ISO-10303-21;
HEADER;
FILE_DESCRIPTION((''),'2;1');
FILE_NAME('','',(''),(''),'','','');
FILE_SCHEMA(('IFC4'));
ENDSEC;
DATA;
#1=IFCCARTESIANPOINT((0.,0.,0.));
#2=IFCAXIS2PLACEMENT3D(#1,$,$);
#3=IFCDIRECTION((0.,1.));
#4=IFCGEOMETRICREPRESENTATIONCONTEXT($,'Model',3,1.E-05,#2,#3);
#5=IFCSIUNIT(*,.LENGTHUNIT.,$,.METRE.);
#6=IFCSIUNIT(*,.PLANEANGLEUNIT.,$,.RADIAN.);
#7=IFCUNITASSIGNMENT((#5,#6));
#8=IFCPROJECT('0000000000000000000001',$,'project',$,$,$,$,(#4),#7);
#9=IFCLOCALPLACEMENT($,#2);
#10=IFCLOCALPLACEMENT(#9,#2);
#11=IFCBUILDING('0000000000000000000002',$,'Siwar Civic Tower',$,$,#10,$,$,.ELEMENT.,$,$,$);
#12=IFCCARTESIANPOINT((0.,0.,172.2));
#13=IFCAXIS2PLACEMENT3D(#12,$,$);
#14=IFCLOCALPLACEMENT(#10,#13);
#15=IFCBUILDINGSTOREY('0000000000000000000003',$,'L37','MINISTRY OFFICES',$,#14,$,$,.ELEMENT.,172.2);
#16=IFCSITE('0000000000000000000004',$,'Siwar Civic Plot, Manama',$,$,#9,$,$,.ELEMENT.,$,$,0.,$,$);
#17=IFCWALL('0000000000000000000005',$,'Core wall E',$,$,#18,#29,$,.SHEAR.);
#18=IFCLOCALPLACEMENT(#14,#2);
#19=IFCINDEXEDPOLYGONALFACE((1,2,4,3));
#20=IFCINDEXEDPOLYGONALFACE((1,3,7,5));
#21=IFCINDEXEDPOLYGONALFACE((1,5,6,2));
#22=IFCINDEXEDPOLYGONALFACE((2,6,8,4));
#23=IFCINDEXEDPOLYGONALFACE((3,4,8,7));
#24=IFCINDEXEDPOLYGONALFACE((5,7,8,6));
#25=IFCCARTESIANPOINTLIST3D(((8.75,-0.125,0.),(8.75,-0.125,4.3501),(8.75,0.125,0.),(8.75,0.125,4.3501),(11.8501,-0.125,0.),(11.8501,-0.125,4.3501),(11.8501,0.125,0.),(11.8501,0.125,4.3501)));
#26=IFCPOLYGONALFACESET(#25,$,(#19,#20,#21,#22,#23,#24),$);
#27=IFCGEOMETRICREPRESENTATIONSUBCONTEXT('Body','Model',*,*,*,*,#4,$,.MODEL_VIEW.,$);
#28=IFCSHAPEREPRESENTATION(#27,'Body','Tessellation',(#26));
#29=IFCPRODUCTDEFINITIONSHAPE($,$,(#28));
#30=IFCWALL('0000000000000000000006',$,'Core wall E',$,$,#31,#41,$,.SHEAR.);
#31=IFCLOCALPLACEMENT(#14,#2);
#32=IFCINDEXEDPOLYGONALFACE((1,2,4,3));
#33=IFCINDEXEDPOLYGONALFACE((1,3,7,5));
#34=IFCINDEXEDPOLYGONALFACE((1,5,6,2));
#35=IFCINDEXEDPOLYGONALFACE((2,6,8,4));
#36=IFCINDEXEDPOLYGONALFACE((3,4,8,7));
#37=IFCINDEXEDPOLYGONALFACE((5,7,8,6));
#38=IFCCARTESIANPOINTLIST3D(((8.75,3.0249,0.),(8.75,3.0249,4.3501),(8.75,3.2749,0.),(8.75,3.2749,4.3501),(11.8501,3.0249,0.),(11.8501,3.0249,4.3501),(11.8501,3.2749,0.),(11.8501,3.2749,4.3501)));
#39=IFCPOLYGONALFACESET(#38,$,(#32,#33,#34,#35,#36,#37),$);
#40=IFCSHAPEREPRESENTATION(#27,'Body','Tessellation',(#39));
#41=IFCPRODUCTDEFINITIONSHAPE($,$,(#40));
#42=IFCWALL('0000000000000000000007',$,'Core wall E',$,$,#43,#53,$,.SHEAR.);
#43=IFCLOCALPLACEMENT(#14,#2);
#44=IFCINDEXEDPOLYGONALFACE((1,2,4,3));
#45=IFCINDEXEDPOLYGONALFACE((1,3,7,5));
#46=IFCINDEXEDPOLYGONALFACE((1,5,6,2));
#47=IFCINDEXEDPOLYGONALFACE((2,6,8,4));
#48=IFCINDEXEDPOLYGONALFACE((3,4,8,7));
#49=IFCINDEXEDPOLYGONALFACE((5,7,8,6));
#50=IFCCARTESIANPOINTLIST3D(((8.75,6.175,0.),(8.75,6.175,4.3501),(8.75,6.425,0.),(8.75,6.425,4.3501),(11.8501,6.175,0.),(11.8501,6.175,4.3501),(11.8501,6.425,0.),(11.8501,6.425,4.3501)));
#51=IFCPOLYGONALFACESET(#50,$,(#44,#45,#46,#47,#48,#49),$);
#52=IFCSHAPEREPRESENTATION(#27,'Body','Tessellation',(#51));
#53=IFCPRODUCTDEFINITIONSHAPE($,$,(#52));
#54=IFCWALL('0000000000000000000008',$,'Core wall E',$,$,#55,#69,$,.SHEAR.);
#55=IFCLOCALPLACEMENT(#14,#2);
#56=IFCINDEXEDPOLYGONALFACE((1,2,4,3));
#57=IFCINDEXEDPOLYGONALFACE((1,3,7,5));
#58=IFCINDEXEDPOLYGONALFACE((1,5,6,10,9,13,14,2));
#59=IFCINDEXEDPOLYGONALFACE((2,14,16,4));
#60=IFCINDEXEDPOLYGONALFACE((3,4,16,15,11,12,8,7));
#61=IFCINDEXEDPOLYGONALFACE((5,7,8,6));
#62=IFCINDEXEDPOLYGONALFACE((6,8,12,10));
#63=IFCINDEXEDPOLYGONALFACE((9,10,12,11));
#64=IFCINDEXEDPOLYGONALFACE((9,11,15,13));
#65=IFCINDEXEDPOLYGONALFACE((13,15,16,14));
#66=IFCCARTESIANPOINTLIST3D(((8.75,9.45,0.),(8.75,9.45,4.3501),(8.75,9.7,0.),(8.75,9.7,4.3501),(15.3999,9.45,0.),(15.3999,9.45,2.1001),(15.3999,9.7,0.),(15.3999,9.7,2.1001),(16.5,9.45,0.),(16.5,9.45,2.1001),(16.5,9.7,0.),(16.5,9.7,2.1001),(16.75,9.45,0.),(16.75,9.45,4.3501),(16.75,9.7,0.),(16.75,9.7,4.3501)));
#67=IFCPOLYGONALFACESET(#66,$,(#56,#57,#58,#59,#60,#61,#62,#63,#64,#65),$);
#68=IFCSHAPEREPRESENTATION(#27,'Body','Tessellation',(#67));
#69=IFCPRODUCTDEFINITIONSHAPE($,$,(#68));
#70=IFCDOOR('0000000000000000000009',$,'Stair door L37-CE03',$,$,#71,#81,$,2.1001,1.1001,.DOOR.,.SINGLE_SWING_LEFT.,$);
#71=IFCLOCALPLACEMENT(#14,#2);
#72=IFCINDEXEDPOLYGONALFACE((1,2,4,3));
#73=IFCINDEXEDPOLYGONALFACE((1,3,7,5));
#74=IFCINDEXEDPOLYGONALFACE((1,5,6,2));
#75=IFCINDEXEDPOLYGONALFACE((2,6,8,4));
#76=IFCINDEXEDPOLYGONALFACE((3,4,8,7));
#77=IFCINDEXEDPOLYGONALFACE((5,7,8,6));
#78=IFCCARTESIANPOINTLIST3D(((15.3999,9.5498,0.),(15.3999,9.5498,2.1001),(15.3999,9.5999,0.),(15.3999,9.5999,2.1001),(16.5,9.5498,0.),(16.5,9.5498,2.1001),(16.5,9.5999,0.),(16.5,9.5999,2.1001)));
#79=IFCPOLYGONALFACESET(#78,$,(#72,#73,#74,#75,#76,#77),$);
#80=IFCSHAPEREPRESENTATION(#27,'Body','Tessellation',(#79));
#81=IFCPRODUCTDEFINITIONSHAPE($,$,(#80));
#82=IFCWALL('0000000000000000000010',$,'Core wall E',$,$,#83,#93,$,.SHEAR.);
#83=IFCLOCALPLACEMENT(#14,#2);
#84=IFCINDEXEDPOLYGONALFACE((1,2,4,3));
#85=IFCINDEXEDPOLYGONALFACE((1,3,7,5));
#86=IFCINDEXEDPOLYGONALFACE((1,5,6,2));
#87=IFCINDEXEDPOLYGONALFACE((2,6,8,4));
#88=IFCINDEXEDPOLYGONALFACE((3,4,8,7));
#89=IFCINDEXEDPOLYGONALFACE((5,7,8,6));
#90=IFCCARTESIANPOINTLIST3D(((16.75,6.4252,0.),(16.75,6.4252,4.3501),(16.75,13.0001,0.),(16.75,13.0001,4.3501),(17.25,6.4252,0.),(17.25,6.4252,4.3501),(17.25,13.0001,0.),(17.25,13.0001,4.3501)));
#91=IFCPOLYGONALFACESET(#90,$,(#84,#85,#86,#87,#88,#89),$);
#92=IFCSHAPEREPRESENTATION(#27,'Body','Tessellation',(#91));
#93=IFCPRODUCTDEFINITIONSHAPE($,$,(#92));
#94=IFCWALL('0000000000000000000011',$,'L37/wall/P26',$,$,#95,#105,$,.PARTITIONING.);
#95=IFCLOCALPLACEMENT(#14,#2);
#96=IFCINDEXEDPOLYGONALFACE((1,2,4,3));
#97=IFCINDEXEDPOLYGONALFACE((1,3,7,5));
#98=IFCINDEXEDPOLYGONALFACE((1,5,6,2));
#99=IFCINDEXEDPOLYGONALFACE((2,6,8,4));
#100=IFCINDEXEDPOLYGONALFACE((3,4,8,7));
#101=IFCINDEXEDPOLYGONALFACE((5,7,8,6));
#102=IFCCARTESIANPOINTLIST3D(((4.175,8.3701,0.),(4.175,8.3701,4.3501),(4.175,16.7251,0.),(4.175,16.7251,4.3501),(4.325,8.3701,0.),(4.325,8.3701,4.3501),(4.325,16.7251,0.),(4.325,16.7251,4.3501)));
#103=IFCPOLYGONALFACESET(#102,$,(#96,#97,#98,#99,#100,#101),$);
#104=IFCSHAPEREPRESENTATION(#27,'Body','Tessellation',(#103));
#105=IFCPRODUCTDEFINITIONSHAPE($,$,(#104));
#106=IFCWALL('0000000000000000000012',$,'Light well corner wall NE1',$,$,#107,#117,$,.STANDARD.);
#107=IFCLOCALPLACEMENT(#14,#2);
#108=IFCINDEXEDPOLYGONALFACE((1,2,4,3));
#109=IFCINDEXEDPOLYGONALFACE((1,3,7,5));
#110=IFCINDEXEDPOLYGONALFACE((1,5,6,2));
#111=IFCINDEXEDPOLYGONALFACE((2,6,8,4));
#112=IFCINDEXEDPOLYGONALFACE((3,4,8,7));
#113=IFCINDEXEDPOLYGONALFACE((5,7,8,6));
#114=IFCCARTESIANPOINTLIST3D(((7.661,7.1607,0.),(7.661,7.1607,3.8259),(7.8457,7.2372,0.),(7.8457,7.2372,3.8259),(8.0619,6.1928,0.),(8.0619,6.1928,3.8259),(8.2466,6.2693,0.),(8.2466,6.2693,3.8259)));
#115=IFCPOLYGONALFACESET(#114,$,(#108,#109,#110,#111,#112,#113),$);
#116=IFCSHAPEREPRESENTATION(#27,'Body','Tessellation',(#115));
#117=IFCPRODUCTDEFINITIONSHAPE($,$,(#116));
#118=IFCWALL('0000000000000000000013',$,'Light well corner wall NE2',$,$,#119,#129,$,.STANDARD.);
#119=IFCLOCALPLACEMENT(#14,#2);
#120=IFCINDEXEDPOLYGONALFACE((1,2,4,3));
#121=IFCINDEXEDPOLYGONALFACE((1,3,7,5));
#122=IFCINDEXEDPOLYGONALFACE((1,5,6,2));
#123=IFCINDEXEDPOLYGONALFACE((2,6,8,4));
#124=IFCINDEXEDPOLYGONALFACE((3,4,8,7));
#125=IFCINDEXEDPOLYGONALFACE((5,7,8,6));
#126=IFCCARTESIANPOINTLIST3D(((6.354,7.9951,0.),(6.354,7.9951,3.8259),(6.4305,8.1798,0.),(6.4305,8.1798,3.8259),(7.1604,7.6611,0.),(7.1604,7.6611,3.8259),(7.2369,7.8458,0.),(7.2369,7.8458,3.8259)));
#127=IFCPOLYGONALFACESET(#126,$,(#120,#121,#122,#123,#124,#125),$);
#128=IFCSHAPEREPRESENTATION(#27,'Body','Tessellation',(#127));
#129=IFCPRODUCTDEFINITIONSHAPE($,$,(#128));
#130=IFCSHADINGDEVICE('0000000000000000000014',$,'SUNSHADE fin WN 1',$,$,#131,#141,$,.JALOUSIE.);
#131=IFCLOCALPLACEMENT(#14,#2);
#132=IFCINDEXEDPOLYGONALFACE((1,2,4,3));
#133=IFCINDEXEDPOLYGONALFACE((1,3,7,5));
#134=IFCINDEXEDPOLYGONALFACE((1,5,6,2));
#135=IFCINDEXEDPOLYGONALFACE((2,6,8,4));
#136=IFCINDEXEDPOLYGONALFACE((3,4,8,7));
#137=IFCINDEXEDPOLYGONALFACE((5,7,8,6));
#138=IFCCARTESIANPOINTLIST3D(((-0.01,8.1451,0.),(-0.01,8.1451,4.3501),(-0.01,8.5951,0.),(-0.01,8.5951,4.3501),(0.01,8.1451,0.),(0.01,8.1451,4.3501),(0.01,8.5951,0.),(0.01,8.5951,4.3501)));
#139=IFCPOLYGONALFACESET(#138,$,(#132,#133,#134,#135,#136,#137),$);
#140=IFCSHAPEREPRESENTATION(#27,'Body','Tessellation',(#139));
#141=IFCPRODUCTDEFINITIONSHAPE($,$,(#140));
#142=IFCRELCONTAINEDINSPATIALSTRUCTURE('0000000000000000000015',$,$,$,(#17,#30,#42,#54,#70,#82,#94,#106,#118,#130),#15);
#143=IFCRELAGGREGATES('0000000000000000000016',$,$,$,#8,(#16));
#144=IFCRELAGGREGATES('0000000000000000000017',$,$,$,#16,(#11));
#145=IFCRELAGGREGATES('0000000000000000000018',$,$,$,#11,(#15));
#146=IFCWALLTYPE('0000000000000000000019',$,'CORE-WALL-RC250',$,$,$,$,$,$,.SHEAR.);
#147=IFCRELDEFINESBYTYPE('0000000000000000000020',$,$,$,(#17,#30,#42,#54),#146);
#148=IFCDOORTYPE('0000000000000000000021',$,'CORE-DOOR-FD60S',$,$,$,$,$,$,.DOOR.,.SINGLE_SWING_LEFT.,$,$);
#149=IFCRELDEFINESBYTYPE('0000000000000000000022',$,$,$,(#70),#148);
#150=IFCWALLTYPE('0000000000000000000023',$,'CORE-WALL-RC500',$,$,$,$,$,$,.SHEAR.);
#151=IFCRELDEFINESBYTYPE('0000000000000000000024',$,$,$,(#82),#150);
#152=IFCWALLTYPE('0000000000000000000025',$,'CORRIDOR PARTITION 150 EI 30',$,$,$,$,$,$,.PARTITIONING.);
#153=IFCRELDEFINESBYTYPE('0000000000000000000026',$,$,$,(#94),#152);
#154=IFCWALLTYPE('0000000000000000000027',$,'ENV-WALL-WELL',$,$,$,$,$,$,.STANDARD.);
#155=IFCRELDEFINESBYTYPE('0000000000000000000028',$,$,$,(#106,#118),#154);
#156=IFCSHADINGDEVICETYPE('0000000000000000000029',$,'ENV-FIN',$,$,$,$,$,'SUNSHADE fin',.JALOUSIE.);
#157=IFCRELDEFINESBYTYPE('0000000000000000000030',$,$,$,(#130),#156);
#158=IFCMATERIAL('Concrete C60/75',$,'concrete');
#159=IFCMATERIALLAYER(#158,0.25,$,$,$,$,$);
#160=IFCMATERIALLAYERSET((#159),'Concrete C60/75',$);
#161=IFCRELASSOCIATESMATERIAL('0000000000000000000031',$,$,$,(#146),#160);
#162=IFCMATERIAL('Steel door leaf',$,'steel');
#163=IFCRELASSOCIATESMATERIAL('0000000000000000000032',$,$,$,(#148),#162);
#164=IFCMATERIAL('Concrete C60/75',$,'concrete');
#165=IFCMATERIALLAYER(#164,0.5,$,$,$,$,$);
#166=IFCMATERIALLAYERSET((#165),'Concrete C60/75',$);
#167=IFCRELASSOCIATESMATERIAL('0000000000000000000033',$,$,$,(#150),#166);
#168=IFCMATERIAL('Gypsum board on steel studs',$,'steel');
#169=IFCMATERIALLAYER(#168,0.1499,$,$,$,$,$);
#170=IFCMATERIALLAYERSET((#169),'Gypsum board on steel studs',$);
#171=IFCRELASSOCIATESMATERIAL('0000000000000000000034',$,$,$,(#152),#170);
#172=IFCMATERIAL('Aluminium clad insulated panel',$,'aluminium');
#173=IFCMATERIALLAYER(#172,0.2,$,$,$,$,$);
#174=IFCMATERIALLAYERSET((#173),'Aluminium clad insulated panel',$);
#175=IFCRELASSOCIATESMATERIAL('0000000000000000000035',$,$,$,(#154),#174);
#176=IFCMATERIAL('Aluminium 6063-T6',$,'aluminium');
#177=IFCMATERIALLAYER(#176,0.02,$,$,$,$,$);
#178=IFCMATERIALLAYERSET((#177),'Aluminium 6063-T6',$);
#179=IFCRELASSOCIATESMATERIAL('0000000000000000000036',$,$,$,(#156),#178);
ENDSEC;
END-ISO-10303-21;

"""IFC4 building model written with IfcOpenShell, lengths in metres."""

from ifc_helpers import new_model, si_unit, direction, frame, frame_2d, origin, origin_2d, place, context, subcontext, project, spatial, rectangle, extrude, material, layer, layer_set, type_object, element, fill, save


model = new_model("IFC4")

# Units and contexts
model_context = context("Model", 3, precision=1e-05, world=origin(), true_north=direction((0.0, 1.0)))
body_context = subcontext(model_context, "Body", "Model", "MODEL_VIEW")
ifc_project = project(units=[si_unit("LENGTHUNIT", "METRE"), si_unit("PLANEANGLEUNIT", "RADIAN")], contexts=[model_context])

# Site, building, storey
site_placement = place(None, origin())
site = spatial("IfcSite", under=ifc_project, at=site_placement, Name="Siwar Civic Plot, Manama", CompositionType="ELEMENT", RefElevation=0.0)
building_placement = place(site_placement, origin())
building = spatial("IfcBuilding", under=site, at=building_placement, Name="Siwar Civic Tower", CompositionType="ELEMENT")
storey_placement = place(building_placement, frame((0.0, 0.0, 172.2)))
storey = spatial("IfcBuildingStorey", under=building, at=storey_placement, Name="L37", Description="MINISTRY OFFICES", CompositionType="ELEMENT", Elevation=172.2)

# Shared definitions
ifc_material_1 = material(Name="Concrete C60/75", Category="concrete")
ifc_layer_1 = layer(ifc_material_1, 0.25)
ifc_layer_set_1 = layer_set([ifc_layer_1], Name="Concrete C60/75")
wall_type_1 = type_object("IfcWallType", Name="CORE-WALL-RC250", PredefinedType="SHEAR", material=ifc_layer_set_1)

# Walls
for number, where, z_axis, x_axis, name in (
    (1, (8.75, 0.0, 0.0), (0.0, 0.0, 1.0), (1.0, 0.0, 0.0), "Core wall E"),
    (2, (8.75, 3.1499, 0.0), (0.0, 0.0, 1.0), (1.0, 0.0, 0.0), "Core wall E"),
    (3, (8.75, 6.3, 0.0), (0.0, 0.0, 1.0), (1.0, 0.0, 0.0), "Core wall E"),
):
    element("IfcWall", number, at=place(storey_placement, frame(where, z_axis=z_axis, x_axis=x_axis)), inside=storey, type_object=wall_type_1, Name=name, PredefinedType="SHEAR", context=body_context, shape_type="SweptSolid", body=[
        extrude(rectangle(XDim=3.1001, YDim=0.25, at=frame_2d((1.55, 0.0))), origin(), (0.0, 0.0, 1.0), 4.3501),
    ])

# Wall, opening, door
wall_1_placement = place(storey_placement, frame((8.75, 9.575, 0.0), z_axis=(0.0, 0.0, 1.0), x_axis=(1.0, 0.0, 0.0)))
wall_1 = element("IfcWall", 4, at=wall_1_placement, inside=storey, type_object=wall_type_1, Name="Core wall E", PredefinedType="SHEAR", context=body_context, shape_type="SweptSolid", body=[
    extrude(rectangle(XDim=8.0, YDim=0.25, at=frame_2d((4.0, 0.0))), origin(), (0.0, 0.0, 1.0), 4.3501),
])
opening_1_placement = place(wall_1_placement, frame((6.6499, 0.0, 0.0)))
opening_1 = element("IfcOpeningElement", 5, at=opening_1_placement, cuts=wall_1, PredefinedType="OPENING", context=body_context, shape_type="SweptSolid", body=[
    extrude(rectangle(XDim=1.1001, YDim=2.1001, at=frame_2d((0.55, 1.05))), frame((0.0, 0.135, 0.0), z_axis=(0.0, -1.0, 0.0), x_axis=(1.0, 0.0, 0.0)), (0.0, 0.0, 1.0), 0.27),
])
ifc_material_2 = material(Name="Steel door leaf", Category="steel")
door_type_1 = type_object("IfcDoorType", Name="CORE-DOOR-FD60S", OperationType="SINGLE_SWING_LEFT", PredefinedType="DOOR", material=ifc_material_2)
door_1_placement = place(opening_1_placement, origin())
door_1 = element("IfcDoor", 6, at=door_1_placement, inside=storey, type_object=door_type_1, Name="Stair door L37-CE03", OperationType="SINGLE_SWING_LEFT", OverallHeight=2.1001, OverallWidth=1.1001, PredefinedType="DOOR", context=body_context, shape_type="SweptSolid", body=[
    extrude(rectangle(XDim=1.1001, YDim=2.1001, at=frame_2d((0.55, 1.05))), frame((0.0, 0.0249, 0.0), z_axis=(0.0, -1.0, 0.0), x_axis=(1.0, 0.0, 0.0)), (0.0, 0.0, 1.0), 0.05),
])
fill(opening_1, door_1)

# Walls
ifc_material_3 = material(Name="Concrete C60/75", Category="concrete")
ifc_layer_2 = layer(ifc_material_3, 0.5)
ifc_layer_set_2 = layer_set([ifc_layer_2], Name="Concrete C60/75")
wall_type_2 = type_object("IfcWallType", Name="CORE-WALL-RC500", PredefinedType="SHEAR", material=ifc_layer_set_2)
wall_2_placement = place(storey_placement, frame((17.0, 6.425, 0.0), z_axis=(0.0, 0.0, 1.0), x_axis=(0.0, 1.0, 0.0)))
element("IfcWall", 7, at=wall_2_placement, inside=storey, type_object=wall_type_2, Name="Core wall E", PredefinedType="SHEAR", context=body_context, shape_type="SweptSolid", body=[
    extrude(rectangle(XDim=6.575, YDim=0.5, at=frame_2d((3.2876, 0.0))), origin(), (0.0, 0.0, 1.0), 4.3501),
])
ifc_material_4 = material(Name="Gypsum board on steel studs", Category="steel")
ifc_layer_3 = layer(ifc_material_4, 0.1499)
ifc_layer_set_3 = layer_set([ifc_layer_3], Name="Gypsum board on steel studs")
wall_type_3 = type_object("IfcWallType", Name="CORRIDOR PARTITION 150 EI 30", PredefinedType="PARTITIONING", material=ifc_layer_set_3)
wall_3_placement = place(storey_placement, frame((4.25, 8.3701, 0.0), z_axis=(0.0, 0.0, 1.0), x_axis=(0.0, 1.0, 0.0)))
element("IfcWall", 8, at=wall_3_placement, inside=storey, type_object=wall_type_3, Name="L37/wall/P26", PredefinedType="PARTITIONING", context=body_context, shape_type="SweptSolid", body=[
    extrude(rectangle(XDim=8.355, YDim=0.1499, at=frame_2d((4.1775, 0.0))), origin(), (0.0, 0.0, 1.0), 4.3501),
])
ifc_material_5 = material(Name="Aluminium clad insulated panel", Category="aluminium")
ifc_layer_4 = layer(ifc_material_5, 0.2)
ifc_layer_set_4 = layer_set([ifc_layer_4], Name="Aluminium clad insulated panel")
wall_type_4 = type_object("IfcWallType", Name="ENV-WALL-WELL", PredefinedType="STANDARD", material=ifc_layer_set_4)
wall_4_placement = place(storey_placement, frame((8.1543, 6.231, 0.0), z_axis=(0.0, 0.0, 1.0), x_axis=(-0.382695, 0.923875, 0.0)))
element("IfcWall", 9, at=wall_4_placement, inside=storey, type_object=wall_type_4, Name="Light well corner wall NE1", PredefinedType="STANDARD", context=body_context, shape_type="SweptSolid", body=[
    extrude(rectangle(XDim=1.0476, YDim=0.2, at=frame_2d((0.5239, 0.0))), origin(), (0.0, 0.0, 1.0), 3.8259),
])
wall_5_placement = place(storey_placement, frame((7.1987, 7.7534, 0.0), z_axis=(0.0, 0.0, 1.0), x_axis=(-0.923894, 0.382648, 0.0)))
element("IfcWall", 10, at=wall_5_placement, inside=storey, type_object=wall_type_4, Name="Light well corner wall NE2", PredefinedType="STANDARD", context=body_context, shape_type="SweptSolid", body=[
    extrude(rectangle(XDim=0.8728, YDim=0.2, at=frame_2d((0.4365, 0.0))), origin(), (0.0, 0.0, 1.0), 3.8259),
])

# Shading device
ifc_material_6 = material(Name="Aluminium 6063-T6", Category="aluminium")
ifc_layer_5 = layer(ifc_material_6, 0.02)
ifc_layer_set_5 = layer_set([ifc_layer_5], Name="Aluminium 6063-T6")
shading_device_type = type_object("IfcShadingDeviceType", Name="ENV-FIN", ElementType="SUNSHADE fin", PredefinedType="JALOUSIE", material=ifc_layer_set_5)
shading_device_placement = place(storey_placement, frame((0.0, 8.3701, 0.0), z_axis=(0.0, 0.0, 1.0), x_axis=(-1.0, 0.0, 0.0)))
element("IfcShadingDevice", 11, at=shading_device_placement, inside=storey, type_object=shading_device_type, Name="SUNSHADE fin WN 1", PredefinedType="JALOUSIE", context=body_context, shape_type="SweptSolid", body=[
    extrude(rectangle(XDim=0.02, YDim=0.45, at=origin_2d()), origin(), (0.0, 0.0, 1.0), 4.3501),
])

save(model, "model.ifc")
